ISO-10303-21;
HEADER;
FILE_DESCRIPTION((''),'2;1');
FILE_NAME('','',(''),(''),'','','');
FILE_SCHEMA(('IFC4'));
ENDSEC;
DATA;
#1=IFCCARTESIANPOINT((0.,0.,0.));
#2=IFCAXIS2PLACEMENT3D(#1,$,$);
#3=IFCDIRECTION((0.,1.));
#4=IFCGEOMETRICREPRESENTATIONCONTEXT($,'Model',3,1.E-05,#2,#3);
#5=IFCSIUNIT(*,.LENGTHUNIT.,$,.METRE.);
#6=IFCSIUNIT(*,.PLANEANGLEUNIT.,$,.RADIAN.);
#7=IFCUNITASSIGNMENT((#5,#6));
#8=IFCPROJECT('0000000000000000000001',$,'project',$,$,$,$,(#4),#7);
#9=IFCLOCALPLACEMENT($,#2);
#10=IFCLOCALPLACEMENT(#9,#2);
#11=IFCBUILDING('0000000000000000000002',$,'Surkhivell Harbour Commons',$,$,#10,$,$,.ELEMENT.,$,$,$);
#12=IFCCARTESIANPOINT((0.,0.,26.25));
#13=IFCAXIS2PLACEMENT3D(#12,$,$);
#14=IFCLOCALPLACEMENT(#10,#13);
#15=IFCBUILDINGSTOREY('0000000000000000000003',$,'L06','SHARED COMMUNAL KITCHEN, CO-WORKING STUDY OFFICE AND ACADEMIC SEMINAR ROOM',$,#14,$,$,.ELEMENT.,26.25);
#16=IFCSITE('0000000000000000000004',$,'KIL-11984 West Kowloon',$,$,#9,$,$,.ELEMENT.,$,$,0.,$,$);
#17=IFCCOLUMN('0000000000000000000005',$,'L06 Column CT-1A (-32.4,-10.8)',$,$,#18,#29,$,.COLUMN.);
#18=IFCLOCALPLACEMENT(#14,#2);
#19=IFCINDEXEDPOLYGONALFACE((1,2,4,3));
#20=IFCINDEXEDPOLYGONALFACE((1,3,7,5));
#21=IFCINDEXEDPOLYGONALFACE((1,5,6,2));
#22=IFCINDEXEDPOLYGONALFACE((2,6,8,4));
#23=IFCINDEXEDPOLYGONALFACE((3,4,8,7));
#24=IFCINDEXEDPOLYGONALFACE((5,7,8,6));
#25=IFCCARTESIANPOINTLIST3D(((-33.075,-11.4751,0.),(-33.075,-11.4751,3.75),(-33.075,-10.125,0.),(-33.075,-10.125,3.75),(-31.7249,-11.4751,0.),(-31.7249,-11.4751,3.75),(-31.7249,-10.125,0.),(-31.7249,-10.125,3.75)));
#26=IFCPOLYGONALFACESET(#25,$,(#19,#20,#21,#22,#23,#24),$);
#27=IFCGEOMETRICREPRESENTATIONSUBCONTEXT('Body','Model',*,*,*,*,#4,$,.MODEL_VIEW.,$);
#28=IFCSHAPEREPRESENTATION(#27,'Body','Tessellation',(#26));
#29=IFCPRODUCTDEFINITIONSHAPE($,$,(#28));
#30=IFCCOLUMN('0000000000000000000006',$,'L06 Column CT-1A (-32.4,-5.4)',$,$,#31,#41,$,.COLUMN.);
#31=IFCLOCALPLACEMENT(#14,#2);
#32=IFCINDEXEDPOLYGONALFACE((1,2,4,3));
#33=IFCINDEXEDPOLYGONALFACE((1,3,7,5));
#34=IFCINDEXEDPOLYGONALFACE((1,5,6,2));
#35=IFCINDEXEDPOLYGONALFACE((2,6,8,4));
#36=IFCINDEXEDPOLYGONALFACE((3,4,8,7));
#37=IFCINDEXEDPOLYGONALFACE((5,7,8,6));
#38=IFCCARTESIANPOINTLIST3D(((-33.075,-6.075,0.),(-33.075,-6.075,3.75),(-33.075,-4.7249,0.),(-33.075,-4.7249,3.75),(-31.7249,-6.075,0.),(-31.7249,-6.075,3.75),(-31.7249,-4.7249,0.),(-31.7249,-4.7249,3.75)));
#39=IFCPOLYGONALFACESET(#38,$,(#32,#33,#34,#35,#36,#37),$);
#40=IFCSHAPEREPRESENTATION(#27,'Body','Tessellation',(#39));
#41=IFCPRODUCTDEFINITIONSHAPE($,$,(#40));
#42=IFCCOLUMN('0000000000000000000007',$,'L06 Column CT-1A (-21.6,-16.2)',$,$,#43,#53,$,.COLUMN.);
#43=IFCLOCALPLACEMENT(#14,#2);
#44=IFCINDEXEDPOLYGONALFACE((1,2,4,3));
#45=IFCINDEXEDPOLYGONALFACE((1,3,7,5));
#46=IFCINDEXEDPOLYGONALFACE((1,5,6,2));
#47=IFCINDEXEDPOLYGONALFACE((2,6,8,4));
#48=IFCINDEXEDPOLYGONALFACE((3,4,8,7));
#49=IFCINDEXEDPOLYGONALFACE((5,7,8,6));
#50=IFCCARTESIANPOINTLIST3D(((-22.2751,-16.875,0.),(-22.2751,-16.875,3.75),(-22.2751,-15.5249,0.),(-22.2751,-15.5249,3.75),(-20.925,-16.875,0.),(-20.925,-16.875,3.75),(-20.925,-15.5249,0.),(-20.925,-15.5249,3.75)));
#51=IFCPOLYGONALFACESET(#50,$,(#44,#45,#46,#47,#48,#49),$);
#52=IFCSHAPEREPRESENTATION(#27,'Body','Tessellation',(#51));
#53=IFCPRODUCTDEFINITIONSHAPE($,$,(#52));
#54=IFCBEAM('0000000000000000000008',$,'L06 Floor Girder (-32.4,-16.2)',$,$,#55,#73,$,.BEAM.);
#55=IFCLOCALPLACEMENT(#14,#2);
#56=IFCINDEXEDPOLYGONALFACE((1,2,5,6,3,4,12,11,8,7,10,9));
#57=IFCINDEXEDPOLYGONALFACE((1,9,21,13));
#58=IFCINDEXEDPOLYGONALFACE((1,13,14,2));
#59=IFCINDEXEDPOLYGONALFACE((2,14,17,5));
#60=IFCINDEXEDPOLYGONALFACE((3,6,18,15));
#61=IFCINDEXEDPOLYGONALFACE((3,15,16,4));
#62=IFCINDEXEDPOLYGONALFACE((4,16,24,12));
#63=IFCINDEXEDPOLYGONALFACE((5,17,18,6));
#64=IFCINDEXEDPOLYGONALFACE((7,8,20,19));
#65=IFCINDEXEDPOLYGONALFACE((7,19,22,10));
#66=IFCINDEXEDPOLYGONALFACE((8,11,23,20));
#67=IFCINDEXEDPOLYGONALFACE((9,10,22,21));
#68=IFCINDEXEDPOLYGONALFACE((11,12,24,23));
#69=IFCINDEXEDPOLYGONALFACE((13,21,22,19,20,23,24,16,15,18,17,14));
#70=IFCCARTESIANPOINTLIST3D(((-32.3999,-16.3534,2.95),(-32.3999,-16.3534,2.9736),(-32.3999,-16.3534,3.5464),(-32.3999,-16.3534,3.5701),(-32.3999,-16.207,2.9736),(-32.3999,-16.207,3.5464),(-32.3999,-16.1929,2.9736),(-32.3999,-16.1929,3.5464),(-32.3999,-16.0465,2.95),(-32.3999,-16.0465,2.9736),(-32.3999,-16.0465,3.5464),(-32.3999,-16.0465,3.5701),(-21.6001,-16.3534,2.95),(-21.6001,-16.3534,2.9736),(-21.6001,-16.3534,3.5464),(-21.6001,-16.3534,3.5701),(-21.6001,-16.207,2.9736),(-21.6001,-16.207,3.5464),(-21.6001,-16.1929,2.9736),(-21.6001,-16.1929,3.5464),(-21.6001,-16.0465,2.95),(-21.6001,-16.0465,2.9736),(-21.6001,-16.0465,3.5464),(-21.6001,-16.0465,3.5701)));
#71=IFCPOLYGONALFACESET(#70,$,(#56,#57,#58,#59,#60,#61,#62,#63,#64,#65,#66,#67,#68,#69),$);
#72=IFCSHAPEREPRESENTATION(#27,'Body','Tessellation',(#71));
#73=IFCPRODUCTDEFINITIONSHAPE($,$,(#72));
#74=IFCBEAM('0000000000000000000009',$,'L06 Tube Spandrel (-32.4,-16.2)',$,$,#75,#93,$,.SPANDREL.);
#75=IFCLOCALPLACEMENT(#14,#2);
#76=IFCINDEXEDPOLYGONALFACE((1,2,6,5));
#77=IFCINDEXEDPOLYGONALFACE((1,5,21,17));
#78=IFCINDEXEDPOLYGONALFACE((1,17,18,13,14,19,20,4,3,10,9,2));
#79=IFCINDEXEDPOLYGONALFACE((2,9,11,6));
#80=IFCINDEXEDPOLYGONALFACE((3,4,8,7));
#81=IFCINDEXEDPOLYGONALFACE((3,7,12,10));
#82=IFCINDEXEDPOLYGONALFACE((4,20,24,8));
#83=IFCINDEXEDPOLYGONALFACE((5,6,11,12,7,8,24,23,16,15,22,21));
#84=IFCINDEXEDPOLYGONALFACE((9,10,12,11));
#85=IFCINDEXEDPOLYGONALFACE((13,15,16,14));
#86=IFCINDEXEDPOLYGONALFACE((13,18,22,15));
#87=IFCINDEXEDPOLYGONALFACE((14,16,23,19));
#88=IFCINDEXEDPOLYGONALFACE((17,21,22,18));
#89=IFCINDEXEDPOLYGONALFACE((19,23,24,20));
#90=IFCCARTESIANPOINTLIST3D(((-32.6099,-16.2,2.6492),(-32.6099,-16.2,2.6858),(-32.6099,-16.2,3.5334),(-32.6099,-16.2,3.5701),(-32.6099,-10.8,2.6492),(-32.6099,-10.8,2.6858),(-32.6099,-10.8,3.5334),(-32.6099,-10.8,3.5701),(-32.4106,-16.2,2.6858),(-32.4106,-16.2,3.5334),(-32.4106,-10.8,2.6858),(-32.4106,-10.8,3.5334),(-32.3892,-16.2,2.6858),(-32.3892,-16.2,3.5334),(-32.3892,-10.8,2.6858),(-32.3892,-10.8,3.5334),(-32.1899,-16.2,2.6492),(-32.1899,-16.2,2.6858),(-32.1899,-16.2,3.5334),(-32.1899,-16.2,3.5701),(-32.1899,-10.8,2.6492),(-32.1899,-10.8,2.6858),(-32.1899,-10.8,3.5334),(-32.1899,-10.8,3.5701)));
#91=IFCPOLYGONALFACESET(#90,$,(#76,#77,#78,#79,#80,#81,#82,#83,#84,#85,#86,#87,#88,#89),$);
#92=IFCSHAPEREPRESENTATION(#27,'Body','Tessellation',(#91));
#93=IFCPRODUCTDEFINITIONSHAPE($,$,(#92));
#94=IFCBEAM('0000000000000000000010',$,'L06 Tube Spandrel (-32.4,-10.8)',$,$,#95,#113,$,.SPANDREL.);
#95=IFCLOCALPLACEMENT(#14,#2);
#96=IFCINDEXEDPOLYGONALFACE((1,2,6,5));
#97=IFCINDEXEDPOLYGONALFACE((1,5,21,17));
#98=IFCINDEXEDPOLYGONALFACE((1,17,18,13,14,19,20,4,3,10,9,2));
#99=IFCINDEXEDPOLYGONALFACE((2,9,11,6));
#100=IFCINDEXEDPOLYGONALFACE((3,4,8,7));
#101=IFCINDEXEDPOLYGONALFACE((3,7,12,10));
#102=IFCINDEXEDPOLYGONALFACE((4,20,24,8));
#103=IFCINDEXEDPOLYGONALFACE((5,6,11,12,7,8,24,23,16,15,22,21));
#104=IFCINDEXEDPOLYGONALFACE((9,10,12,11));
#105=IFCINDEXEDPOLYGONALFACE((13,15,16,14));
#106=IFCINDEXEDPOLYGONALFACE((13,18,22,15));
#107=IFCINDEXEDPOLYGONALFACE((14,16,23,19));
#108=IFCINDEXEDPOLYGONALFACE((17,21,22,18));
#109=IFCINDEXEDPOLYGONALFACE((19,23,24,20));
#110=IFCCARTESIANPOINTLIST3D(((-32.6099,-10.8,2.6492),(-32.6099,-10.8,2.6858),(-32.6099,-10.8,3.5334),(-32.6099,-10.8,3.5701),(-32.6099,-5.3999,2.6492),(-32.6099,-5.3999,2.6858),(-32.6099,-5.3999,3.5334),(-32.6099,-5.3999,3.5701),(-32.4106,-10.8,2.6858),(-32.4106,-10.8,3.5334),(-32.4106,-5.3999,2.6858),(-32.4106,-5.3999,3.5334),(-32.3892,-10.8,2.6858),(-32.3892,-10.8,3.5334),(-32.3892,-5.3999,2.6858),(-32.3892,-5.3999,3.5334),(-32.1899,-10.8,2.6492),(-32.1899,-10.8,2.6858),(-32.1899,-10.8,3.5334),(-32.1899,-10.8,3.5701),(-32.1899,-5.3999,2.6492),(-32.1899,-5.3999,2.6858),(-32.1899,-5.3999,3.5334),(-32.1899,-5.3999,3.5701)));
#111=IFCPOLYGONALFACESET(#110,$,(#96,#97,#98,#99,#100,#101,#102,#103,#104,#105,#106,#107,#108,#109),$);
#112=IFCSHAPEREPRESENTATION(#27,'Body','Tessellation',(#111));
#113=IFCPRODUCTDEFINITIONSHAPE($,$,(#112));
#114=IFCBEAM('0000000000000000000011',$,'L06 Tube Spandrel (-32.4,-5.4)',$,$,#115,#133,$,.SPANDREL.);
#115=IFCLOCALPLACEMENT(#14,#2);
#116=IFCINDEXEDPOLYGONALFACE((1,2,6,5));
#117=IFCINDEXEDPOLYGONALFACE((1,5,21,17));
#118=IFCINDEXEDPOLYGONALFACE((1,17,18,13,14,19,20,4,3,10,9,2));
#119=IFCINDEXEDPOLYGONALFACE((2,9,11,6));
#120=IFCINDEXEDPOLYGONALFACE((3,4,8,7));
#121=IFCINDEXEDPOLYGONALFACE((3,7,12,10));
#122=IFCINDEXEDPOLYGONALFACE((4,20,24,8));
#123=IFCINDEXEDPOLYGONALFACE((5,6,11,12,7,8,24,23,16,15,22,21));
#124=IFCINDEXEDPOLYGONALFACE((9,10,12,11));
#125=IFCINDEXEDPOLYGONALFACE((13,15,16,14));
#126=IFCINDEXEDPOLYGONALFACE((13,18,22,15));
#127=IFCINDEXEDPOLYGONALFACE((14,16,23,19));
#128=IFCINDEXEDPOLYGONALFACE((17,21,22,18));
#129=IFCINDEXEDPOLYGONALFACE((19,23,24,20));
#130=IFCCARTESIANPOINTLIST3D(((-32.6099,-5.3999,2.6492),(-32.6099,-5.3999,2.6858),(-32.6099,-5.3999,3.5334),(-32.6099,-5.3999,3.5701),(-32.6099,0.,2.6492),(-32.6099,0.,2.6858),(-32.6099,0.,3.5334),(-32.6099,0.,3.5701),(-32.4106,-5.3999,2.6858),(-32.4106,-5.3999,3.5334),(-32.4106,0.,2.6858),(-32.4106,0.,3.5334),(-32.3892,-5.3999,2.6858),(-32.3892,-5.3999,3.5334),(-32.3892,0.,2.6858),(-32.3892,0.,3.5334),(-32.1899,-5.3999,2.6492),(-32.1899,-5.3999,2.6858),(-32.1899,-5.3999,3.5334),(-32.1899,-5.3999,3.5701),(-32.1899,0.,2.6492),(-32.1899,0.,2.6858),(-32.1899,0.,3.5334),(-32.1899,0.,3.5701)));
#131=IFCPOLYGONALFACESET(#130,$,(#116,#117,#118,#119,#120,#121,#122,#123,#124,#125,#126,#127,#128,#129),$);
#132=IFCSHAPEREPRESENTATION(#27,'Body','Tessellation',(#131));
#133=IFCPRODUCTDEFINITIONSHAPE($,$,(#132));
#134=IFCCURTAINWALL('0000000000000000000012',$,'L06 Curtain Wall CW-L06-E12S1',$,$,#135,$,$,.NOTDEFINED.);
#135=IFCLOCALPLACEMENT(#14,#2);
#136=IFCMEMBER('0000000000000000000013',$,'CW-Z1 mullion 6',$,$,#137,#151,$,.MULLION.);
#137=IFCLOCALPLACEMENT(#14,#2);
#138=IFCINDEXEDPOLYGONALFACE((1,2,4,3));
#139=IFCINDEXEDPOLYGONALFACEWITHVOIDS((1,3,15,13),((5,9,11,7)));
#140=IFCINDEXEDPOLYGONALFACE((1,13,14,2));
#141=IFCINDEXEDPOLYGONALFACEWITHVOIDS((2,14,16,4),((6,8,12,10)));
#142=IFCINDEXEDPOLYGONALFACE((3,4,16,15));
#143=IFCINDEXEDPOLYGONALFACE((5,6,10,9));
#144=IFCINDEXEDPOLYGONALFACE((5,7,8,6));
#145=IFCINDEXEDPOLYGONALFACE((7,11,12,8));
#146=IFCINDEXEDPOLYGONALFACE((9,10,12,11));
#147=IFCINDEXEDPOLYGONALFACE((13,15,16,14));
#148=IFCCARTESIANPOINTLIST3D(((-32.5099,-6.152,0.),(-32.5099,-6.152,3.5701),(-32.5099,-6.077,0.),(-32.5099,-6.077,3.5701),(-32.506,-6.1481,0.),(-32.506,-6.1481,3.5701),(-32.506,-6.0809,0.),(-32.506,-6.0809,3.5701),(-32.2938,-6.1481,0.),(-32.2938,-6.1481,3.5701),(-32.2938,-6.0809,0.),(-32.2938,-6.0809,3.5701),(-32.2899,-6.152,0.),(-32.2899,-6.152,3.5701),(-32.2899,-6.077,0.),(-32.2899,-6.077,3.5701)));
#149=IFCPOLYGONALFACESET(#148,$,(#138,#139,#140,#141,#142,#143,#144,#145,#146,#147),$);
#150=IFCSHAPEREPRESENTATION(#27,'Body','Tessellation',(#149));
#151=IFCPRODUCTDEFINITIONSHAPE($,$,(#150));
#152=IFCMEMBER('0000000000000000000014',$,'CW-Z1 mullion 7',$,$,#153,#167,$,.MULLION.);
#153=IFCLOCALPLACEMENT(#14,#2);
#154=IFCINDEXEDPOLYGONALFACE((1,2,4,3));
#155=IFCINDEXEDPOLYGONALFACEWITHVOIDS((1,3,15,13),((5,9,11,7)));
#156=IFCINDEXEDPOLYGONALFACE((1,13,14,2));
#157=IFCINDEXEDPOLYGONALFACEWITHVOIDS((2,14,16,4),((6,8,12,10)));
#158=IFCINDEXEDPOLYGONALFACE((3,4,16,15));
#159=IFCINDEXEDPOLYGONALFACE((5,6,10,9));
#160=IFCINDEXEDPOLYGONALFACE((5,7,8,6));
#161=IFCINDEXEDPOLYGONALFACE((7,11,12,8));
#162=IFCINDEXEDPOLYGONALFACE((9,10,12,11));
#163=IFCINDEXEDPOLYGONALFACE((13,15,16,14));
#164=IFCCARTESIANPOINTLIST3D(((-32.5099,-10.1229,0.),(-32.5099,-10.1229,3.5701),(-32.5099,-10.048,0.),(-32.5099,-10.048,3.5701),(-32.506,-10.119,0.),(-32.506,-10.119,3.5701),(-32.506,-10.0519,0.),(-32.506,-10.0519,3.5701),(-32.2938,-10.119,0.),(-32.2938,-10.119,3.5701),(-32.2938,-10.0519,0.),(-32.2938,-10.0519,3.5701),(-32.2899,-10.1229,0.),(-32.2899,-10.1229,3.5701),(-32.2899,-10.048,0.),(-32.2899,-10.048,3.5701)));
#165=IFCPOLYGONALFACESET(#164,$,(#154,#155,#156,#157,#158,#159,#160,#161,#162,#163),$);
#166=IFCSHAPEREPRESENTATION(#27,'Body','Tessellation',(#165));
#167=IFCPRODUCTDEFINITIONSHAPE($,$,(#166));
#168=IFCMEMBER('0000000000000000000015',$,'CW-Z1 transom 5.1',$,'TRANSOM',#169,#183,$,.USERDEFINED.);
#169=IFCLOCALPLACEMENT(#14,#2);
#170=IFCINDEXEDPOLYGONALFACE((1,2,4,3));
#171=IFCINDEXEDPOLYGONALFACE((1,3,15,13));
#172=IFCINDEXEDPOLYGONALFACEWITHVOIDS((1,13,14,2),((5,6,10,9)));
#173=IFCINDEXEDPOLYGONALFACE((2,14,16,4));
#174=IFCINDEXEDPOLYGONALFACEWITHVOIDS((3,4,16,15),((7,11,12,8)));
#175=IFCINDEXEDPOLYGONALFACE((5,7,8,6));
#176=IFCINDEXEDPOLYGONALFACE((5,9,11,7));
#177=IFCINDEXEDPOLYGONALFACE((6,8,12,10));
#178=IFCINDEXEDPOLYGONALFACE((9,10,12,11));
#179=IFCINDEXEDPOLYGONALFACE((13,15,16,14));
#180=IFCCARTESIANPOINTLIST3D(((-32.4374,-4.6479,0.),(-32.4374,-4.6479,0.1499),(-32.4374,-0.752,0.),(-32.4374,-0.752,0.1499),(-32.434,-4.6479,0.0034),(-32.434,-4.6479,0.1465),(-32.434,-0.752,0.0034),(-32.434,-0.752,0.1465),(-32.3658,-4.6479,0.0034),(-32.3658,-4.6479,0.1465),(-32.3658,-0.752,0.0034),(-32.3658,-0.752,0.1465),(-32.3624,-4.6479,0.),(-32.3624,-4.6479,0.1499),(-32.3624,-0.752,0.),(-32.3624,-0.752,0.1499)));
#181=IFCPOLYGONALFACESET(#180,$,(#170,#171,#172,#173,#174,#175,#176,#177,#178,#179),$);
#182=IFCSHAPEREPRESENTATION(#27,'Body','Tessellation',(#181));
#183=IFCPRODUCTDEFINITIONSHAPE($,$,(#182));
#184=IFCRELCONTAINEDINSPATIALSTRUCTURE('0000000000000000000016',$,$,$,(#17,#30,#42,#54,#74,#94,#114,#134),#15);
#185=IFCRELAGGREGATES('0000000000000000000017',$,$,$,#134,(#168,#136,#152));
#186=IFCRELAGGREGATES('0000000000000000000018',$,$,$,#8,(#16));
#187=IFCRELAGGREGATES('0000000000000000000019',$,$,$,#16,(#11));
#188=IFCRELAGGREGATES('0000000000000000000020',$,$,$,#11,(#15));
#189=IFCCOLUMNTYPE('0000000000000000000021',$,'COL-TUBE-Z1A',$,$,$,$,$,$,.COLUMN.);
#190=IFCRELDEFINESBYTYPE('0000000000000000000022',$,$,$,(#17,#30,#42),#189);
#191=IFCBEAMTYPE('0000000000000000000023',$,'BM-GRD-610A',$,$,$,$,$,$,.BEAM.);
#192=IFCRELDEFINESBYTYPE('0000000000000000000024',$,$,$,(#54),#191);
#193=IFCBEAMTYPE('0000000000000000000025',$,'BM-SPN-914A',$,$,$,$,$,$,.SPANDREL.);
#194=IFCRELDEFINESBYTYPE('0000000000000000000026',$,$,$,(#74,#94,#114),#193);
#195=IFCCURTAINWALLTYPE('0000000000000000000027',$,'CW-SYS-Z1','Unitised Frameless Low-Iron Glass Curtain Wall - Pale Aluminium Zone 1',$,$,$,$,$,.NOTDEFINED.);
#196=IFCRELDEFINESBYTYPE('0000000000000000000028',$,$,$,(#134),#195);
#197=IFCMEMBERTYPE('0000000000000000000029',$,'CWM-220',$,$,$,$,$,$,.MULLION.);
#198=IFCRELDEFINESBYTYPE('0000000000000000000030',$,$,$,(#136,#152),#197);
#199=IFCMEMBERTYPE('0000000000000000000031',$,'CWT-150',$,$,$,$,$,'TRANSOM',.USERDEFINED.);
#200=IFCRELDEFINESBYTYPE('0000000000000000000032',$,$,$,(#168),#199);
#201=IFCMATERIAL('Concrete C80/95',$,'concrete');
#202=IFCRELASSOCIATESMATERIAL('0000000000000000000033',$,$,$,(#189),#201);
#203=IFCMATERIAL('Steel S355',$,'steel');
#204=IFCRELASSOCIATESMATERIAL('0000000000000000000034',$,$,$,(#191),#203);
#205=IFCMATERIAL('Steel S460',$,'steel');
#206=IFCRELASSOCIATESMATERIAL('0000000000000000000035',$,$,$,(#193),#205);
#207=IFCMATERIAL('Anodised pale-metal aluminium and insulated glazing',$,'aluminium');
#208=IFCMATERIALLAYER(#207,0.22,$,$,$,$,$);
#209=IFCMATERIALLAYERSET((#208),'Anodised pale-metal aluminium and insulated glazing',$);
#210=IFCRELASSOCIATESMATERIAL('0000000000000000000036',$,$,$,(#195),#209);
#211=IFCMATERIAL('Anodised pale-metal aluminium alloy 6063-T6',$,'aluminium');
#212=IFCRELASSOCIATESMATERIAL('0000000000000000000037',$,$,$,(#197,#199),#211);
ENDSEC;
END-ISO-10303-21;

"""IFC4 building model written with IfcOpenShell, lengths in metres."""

from ifc_helpers import new_model, si_unit, direction, frame, origin, origin_2d, place, context, subcontext, project, spatial, rectangle, hollow_rectangle, i_section, extrude, material, layer, layer_set, material_profile, profile_set, type_object, element, aggregate, save


model = new_model("IFC4")

# Units and contexts
model_context = context("Model", 3, precision=1e-05, world=origin(), true_north=direction((0.0, 1.0)))
body_context = subcontext(model_context, "Body", "Model", "MODEL_VIEW")
ifc_project = project(units=[si_unit("LENGTHUNIT", "METRE"), si_unit("PLANEANGLEUNIT", "RADIAN")], contexts=[model_context])

# Site, building, storey
site_placement = place(None, origin())
site = spatial("IfcSite", under=ifc_project, at=site_placement, Name="KIL-11984 West Kowloon", CompositionType="ELEMENT", RefElevation=0.0)
building_placement = place(site_placement, origin())
building = spatial("IfcBuilding", under=site, at=building_placement, Name="Surkhivell Harbour Commons", CompositionType="ELEMENT")
storey_placement = place(building_placement, frame((0.0, 0.0, 26.25)))
storey = spatial("IfcBuildingStorey", under=building, at=storey_placement, Name="L06", Description="SHARED COMMUNAL KITCHEN, CO-WORKING STUDY OFFICE AND ACADEMIC SEMINAR ROOM", CompositionType="ELEMENT", Elevation=26.25)

# Columns
ifc_material_1 = material(Name="Concrete C80/95", Category="concrete")
ifc_material_profile_1 = material_profile(ifc_material_1, rectangle(XDim=1.3501, YDim=1.3501, at=origin_2d()), Name="RC-COL-1350x1350")
ifc_profile_set_1 = profile_set([ifc_material_profile_1], Name="Concrete C80/95")
column_type = type_object("IfcColumnType", Name="COL-TUBE-Z1A", PredefinedType="COLUMN", material=ifc_profile_set_1)
for number, where, z_axis, x_axis, name in (
    (1, (-32.3999, -10.8, 0.0), (0.0, 0.0, 1.0), (1.0, 0.0, 0.0), "L06 Column CT-1A (-32.4,-10.8)"),
    (2, (-32.3999, -5.3999, 0.0), (0.0, 0.0, 1.0), (1.0, 0.0, 0.0), "L06 Column CT-1A (-32.4,-5.4)"),
    (3, (-21.6001, -16.2, 0.0), (0.0, 0.0, 1.0), (1.0, 0.0, 0.0), "L06 Column CT-1A (-21.6,-16.2)"),
):
    element("IfcColumn", number, at=place(storey_placement, frame(where, z_axis=z_axis, x_axis=x_axis)), inside=storey, type_object=column_type, Name=name, PredefinedType="COLUMN", context=body_context, shape_type="SweptSolid", body=[
        extrude(rectangle(XDim=1.3501, YDim=1.3501, at=origin_2d()), origin(), (0.0, 0.0, 1.0), 3.75),
    ])

# Beams
ifc_material_2 = material(Name="Steel S355", Category="steel")
ifc_material_profile_2 = material_profile(ifc_material_2, i_section(OverallWidth=0.3069, OverallDepth=0.6201, WebThickness=0.0142, FlangeThickness=0.0237, at=origin_2d()), Name="UB610x305x179")
ifc_profile_set_2 = profile_set([ifc_material_profile_2], Name="Steel S355")
beam_type_1 = type_object("IfcBeamType", Name="BM-GRD-610A", PredefinedType="BEAM", material=ifc_profile_set_2)
beam_1_placement = place(storey_placement, frame((-32.3999, -16.2, 3.26), z_axis=(1.0, 0.0, 0.0), x_axis=(0.0, 1.0, 0.0)))
element("IfcBeam", 4, at=beam_1_placement, inside=storey, type_object=beam_type_1, Name="L06 Floor Girder (-32.4,-16.2)", PredefinedType="BEAM", context=body_context, shape_type="SweptSolid", body=[
    extrude(i_section(OverallWidth=0.3069, OverallDepth=0.6201, WebThickness=0.0142, FlangeThickness=0.0237, at=origin_2d()), origin(), (0.0, 0.0, 1.0), 10.7998),
])
ifc_material_3 = material(Name="Steel S460", Category="steel")
ifc_material_profile_3 = material_profile(ifc_material_3, i_section(OverallWidth=0.4199, OverallDepth=0.9209, WebThickness=0.0215, FlangeThickness=0.0366, at=origin_2d()), Name="UB914x419x388")
ifc_profile_set_3 = profile_set([ifc_material_profile_3], Name="Steel S460")
beam_type_2 = type_object("IfcBeamType", Name="BM-SPN-914A", PredefinedType="SPANDREL", material=ifc_profile_set_3)
beam_2_placement = place(storey_placement, frame((-32.3999, -16.2, 3.1096), z_axis=(0.0, 1.0, 0.0), x_axis=(-1.0, 0.0, 0.0)))
element("IfcBeam", 5, at=beam_2_placement, inside=storey, type_object=beam_type_2, Name="L06 Tube Spandrel (-32.4,-16.2)", PredefinedType="SPANDREL", context=body_context, shape_type="SweptSolid", body=[
    extrude(i_section(OverallWidth=0.4199, OverallDepth=0.9209, WebThickness=0.0215, FlangeThickness=0.0366, at=origin_2d()), origin(), (0.0, 0.0, 1.0), 5.3999),
])
beam_3_placement = place(storey_placement, frame((-32.3999, -10.8, 3.1096), z_axis=(0.0, 1.0, 0.0), x_axis=(-1.0, 0.0, 0.0)))
element("IfcBeam", 6, at=beam_3_placement, inside=storey, type_object=beam_type_2, Name="L06 Tube Spandrel (-32.4,-10.8)", PredefinedType="SPANDREL", context=body_context, shape_type="SweptSolid", body=[
    extrude(i_section(OverallWidth=0.4199, OverallDepth=0.9209, WebThickness=0.0215, FlangeThickness=0.0366, at=origin_2d()), origin(), (0.0, 0.0, 1.0), 5.4001),
])
beam_4_placement = place(storey_placement, frame((-32.3999, -5.3999, 3.1096), z_axis=(0.0, 1.0, 0.0), x_axis=(-1.0, 0.0, 0.0)))
element("IfcBeam", 7, at=beam_4_placement, inside=storey, type_object=beam_type_2, Name="L06 Tube Spandrel (-32.4,-5.4)", PredefinedType="SPANDREL", context=body_context, shape_type="SweptSolid", body=[
    extrude(i_section(OverallWidth=0.4199, OverallDepth=0.9209, WebThickness=0.0215, FlangeThickness=0.0366, at=origin_2d()), origin(), (0.0, 0.0, 1.0), 5.3999),
])

# Curtain wall, members
ifc_material_4 = material(Name="Anodised pale-metal aluminium and insulated glazing", Category="aluminium")
ifc_layer_1 = layer(ifc_material_4, 0.22)
ifc_layer_set_1 = layer_set([ifc_layer_1], Name="Anodised pale-metal aluminium and insulated glazing")
curtain_wall_type = type_object("IfcCurtainWallType", Name="CW-SYS-Z1", Description="Unitised Frameless Low-Iron Glass Curtain Wall - Pale Aluminium Zone 1", PredefinedType="NOTDEFINED", material=ifc_layer_set_1)
curtain_wall_placement = place(storey_placement, origin())
curtain_wall = element("IfcCurtainWall", 8, at=curtain_wall_placement, inside=storey, type_object=curtain_wall_type, Name="L06 Curtain Wall CW-L06-E12S1", PredefinedType="NOTDEFINED")
ifc_material_5 = material(Name="Anodised pale-metal aluminium alloy 6063-T6", Category="aluminium")
ifc_material_profile_4 = material_profile(ifc_material_5, hollow_rectangle(XDim=0.075, YDim=0.22, WallThickness=0.0039, at=origin_2d()), Name="ALU-MULL-75x220")
ifc_profile_set_4 = profile_set([ifc_material_profile_4], Name="Anodised pale-metal aluminium alloy 6063-T6")
member_type_1 = type_object("IfcMemberType", Name="CWM-220", PredefinedType="MULLION", material=ifc_profile_set_4)
member_1_placement = place(storey_placement, frame((-32.3999, -6.1145, 0.0), z_axis=(0.0, 0.0, 1.0), x_axis=(0.0, -1.0, 0.0)))
member_1 = element("IfcMember", 9, at=member_1_placement, type_object=member_type_1, Name="CW-Z1 mullion 6", PredefinedType="MULLION", context=body_context, shape_type="SweptSolid", body=[
    extrude(hollow_rectangle(XDim=0.075, YDim=0.22, WallThickness=0.0039, at=origin_2d()), origin(), (0.0, 0.0, 1.0), 3.5701),
])
member_2_placement = place(storey_placement, frame((-32.3999, -10.0854, 0.0), z_axis=(0.0, 0.0, 1.0), x_axis=(0.0, -1.0, 0.0)))
member_2 = element("IfcMember", 10, at=member_2_placement, type_object=member_type_1, Name="CW-Z1 mullion 7", PredefinedType="MULLION", context=body_context, shape_type="SweptSolid", body=[
    extrude(hollow_rectangle(XDim=0.075, YDim=0.22, WallThickness=0.0039, at=origin_2d()), origin(), (0.0, 0.0, 1.0), 3.5701),
])
ifc_material_profile_5 = material_profile(ifc_material_5, hollow_rectangle(XDim=0.075, YDim=0.1499, WallThickness=0.0034, at=origin_2d()), Name="ALU-TRAN-75x150")
ifc_profile_set_5 = profile_set([ifc_material_profile_5], Name="Anodised pale-metal aluminium alloy 6063-T6")
member_type_2 = type_object("IfcMemberType", Name="CWT-150", ElementType="TRANSOM", PredefinedType="USERDEFINED", material=ifc_profile_set_5)
member_3_placement = place(storey_placement, frame((-32.3999, -0.752, 0.075), z_axis=(0.0, -1.0, 0.0), x_axis=(1.0, 0.0, 0.0)))
member_3 = element("IfcMember", 11, at=member_3_placement, type_object=member_type_2, Name="CW-Z1 transom 5.1", ObjectType="TRANSOM", PredefinedType="USERDEFINED", context=body_context, shape_type="SweptSolid", body=[
    extrude(hollow_rectangle(XDim=0.075, YDim=0.1499, WallThickness=0.0034, at=origin_2d()), origin(), (0.0, 0.0, 1.0), 3.896),
])

aggregate(curtain_wall, [member_3, member_1, member_2])

save(model, "model.ifc")
